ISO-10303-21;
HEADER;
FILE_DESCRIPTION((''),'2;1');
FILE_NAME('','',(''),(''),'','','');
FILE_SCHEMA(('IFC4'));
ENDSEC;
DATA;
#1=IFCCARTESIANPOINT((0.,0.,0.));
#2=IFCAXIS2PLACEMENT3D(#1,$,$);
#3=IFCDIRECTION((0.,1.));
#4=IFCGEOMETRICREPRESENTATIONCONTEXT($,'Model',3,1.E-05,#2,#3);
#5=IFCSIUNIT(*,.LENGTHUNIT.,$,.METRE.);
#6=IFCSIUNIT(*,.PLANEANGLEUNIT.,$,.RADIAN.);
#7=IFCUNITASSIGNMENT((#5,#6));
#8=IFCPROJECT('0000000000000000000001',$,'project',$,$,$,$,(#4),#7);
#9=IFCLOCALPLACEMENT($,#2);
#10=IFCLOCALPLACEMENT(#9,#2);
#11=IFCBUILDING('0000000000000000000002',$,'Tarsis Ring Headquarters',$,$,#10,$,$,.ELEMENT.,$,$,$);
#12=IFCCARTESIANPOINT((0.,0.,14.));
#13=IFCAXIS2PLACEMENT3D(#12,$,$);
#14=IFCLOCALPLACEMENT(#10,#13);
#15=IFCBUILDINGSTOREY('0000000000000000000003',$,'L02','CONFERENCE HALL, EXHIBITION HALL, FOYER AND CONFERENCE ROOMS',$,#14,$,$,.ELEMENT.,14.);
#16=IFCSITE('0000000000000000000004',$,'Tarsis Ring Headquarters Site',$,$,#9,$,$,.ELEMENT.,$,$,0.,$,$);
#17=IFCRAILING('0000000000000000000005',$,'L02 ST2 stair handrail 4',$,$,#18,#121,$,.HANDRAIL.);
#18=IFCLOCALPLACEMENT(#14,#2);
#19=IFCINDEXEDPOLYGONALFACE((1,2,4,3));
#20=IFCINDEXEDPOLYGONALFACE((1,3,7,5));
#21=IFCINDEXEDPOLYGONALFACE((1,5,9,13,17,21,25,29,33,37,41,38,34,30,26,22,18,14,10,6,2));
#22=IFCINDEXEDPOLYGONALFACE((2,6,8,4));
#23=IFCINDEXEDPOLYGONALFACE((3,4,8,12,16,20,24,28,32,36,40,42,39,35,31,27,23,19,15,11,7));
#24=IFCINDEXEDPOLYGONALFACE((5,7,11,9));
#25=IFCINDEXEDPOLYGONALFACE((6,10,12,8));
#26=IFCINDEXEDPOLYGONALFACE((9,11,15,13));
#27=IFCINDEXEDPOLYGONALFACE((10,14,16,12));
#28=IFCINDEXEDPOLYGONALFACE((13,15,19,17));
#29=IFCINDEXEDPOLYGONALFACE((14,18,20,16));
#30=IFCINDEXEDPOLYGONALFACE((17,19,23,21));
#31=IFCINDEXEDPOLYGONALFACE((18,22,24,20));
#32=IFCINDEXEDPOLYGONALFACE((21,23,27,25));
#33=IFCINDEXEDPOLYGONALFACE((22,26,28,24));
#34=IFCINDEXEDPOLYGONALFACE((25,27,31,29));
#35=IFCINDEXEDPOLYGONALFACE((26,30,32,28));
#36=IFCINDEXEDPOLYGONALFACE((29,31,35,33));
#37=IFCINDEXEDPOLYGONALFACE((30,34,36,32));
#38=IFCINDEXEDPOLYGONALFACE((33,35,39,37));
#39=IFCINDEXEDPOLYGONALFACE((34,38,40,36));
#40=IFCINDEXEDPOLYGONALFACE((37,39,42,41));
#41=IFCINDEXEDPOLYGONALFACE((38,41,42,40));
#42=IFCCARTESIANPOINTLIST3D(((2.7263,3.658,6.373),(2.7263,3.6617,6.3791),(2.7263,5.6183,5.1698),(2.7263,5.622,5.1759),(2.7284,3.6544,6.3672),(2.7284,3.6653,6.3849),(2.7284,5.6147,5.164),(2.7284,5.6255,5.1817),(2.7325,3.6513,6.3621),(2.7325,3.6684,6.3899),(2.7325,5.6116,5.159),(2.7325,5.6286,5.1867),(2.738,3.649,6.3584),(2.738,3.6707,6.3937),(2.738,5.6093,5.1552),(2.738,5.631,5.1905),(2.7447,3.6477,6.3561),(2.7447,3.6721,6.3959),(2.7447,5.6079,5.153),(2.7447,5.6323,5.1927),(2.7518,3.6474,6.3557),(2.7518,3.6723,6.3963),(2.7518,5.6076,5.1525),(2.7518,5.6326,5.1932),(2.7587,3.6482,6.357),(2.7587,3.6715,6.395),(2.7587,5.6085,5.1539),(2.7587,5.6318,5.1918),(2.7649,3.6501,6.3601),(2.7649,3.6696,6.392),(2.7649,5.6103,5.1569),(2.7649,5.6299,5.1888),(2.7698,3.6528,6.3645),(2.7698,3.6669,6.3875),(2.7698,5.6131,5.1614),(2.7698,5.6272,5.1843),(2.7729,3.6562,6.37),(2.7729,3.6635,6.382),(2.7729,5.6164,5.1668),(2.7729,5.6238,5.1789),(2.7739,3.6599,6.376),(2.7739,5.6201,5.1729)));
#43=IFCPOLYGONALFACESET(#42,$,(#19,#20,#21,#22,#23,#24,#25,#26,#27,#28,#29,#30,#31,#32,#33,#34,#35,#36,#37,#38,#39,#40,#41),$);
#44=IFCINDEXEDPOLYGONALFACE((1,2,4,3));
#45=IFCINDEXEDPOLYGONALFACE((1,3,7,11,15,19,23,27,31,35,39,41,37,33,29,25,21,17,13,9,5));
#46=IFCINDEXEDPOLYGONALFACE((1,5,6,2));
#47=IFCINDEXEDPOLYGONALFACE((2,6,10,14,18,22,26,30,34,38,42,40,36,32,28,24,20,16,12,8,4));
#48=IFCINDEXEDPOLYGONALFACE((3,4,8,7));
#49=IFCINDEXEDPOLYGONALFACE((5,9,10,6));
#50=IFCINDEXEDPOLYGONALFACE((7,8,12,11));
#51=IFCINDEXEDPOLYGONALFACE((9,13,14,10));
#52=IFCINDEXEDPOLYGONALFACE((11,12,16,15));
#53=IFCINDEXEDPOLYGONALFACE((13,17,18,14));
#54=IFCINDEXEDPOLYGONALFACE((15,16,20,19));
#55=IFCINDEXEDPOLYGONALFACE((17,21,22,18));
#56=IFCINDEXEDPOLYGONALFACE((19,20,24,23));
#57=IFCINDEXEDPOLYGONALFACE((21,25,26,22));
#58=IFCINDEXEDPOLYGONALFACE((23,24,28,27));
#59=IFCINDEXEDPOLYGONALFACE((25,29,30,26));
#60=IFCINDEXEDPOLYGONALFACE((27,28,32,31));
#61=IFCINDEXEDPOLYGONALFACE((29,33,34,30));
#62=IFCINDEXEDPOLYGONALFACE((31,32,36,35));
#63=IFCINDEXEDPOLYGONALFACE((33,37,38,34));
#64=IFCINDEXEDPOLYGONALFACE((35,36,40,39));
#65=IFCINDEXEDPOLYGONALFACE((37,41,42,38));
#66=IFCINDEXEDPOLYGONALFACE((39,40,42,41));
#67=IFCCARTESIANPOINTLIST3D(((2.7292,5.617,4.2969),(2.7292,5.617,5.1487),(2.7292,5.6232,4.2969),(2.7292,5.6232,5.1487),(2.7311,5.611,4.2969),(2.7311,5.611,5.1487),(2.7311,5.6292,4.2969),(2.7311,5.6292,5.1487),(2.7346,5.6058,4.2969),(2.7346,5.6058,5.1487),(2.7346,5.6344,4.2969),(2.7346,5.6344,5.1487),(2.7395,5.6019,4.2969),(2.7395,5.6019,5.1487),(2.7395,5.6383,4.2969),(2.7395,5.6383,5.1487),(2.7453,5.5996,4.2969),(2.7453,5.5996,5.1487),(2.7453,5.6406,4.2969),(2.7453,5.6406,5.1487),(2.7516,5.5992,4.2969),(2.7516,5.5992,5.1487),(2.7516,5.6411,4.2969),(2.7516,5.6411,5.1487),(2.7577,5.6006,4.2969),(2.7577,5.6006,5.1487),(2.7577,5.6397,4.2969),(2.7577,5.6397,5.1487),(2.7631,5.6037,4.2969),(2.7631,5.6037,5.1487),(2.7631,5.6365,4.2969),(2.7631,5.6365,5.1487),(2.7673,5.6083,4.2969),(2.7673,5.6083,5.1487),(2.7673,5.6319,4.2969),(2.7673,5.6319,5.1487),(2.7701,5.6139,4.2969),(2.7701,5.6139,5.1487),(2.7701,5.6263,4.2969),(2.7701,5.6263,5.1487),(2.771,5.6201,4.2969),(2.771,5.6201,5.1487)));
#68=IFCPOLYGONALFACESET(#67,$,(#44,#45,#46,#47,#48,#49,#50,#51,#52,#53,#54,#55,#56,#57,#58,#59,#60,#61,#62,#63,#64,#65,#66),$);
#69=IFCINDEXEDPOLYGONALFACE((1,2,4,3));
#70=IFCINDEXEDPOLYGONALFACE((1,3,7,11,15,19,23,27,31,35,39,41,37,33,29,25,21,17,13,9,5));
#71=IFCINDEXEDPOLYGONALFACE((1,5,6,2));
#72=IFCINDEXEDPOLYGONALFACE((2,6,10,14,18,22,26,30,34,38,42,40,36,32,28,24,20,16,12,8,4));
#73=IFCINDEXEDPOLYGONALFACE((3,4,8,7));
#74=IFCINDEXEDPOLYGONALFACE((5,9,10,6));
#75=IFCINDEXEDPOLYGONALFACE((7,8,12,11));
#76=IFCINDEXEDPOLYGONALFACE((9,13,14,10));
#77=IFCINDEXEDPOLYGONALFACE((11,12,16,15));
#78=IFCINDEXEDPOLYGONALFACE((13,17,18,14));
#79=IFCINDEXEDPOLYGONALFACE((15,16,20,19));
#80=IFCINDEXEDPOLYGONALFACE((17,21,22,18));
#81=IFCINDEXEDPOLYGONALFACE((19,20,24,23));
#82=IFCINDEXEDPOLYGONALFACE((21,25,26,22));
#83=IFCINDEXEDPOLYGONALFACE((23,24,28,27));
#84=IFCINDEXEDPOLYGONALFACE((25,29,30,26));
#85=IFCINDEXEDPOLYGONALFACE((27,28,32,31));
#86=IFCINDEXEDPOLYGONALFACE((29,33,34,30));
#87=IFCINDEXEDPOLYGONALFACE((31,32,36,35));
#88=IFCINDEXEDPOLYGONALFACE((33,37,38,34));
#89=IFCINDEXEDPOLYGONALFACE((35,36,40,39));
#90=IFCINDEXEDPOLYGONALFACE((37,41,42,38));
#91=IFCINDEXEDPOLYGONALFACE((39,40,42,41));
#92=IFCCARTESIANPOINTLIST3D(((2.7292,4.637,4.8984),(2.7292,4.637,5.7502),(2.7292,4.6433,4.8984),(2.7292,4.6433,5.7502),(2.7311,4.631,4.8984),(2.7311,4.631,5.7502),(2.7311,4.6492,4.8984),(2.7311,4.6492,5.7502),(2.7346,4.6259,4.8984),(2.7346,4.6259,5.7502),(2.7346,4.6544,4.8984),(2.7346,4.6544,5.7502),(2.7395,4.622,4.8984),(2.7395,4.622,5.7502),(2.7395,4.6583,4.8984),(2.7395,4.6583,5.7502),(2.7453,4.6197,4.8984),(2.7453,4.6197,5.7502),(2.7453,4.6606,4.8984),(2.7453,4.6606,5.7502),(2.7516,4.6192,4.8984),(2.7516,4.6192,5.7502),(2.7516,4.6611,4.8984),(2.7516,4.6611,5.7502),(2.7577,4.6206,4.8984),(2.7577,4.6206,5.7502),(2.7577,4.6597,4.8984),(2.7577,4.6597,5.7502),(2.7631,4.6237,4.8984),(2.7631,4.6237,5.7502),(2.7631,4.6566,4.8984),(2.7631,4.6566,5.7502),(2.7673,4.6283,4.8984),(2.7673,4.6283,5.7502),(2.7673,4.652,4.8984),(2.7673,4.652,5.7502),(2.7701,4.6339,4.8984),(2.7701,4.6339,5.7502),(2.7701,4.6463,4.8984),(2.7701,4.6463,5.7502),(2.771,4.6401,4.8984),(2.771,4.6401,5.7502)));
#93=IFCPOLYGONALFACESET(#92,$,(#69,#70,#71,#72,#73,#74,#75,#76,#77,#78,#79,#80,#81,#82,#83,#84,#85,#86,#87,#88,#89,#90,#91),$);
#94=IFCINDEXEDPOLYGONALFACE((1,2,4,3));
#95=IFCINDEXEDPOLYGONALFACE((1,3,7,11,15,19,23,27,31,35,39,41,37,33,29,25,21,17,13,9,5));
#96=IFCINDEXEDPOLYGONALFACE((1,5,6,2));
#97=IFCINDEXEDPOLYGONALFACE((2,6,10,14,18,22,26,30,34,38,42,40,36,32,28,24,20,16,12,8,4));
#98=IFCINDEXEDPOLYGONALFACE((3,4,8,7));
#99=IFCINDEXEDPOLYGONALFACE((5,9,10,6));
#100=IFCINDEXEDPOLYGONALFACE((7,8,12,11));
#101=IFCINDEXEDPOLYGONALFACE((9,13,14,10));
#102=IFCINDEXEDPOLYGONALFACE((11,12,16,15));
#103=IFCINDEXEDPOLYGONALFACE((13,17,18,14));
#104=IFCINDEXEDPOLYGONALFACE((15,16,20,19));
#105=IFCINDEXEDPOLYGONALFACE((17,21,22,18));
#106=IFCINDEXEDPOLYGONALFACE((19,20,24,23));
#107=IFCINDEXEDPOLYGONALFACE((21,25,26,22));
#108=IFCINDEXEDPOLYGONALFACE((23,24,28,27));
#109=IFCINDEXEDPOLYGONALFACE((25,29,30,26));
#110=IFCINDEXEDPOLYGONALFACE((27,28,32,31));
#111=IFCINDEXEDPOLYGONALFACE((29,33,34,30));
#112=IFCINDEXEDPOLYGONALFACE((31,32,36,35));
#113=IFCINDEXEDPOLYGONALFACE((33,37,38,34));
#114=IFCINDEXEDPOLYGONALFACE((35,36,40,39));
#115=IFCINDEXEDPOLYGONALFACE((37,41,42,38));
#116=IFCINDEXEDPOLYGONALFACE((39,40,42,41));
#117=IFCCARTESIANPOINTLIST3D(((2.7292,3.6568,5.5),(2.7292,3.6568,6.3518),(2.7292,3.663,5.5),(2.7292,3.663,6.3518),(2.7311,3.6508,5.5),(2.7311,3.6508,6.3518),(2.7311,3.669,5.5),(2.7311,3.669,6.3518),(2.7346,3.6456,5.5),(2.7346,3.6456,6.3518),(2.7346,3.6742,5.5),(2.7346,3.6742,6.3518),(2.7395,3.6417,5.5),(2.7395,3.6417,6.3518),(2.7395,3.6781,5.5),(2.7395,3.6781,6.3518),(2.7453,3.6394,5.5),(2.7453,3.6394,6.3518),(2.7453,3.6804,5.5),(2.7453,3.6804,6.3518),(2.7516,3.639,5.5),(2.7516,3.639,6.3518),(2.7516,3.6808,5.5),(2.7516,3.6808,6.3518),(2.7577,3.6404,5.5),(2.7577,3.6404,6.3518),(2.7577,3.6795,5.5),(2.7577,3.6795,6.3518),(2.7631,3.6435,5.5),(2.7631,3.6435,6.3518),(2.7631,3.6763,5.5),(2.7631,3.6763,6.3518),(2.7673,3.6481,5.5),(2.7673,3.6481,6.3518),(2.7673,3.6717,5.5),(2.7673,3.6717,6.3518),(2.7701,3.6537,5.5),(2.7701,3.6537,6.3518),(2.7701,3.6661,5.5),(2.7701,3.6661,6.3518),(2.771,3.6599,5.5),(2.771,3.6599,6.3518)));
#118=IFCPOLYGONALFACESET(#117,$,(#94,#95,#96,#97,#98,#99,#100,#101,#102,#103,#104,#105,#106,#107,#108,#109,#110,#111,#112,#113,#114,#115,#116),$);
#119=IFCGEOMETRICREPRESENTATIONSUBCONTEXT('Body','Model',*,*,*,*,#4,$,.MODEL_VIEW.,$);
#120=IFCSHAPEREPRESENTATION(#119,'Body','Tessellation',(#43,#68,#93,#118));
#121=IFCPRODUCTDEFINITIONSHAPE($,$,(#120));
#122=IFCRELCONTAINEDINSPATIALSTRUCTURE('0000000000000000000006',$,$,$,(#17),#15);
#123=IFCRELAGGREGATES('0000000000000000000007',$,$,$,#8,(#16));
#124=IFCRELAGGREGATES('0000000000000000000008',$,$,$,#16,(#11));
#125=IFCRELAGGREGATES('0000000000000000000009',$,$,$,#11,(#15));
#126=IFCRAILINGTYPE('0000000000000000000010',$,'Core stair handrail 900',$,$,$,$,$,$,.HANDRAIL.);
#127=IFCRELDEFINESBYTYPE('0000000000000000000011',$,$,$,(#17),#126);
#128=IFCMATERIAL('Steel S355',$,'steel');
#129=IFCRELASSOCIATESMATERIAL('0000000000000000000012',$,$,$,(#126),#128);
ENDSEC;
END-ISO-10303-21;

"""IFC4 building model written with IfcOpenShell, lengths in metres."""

from ifc_helpers import new_model, si_unit, direction, frame, origin, origin_2d, place, context, subcontext, project, spatial, circle, extrude, material, type_object, element, save


model = new_model("IFC4")

# Units and contexts
model_context = context("Model", 3, precision=1e-05, world=origin(), true_north=direction((0.0, 1.0)))
body_context = subcontext(model_context, "Body", "Model", "MODEL_VIEW")
ifc_project = project(units=[si_unit("LENGTHUNIT", "METRE"), si_unit("PLANEANGLEUNIT", "RADIAN")], contexts=[model_context])

# Site, building, storey
site_placement = place(None, origin())
site = spatial("IfcSite", under=ifc_project, at=site_placement, Name="Tarsis Ring Headquarters Site", CompositionType="ELEMENT", RefElevation=0.0)
building_placement = place(site_placement, origin())
building = spatial("IfcBuilding", under=site, at=building_placement, Name="Tarsis Ring Headquarters", CompositionType="ELEMENT")
storey_placement = place(building_placement, frame((0.0, 0.0, 14.0)))
storey = spatial("IfcBuildingStorey", under=building, at=storey_placement, Name="L02", Description="CONFERENCE HALL, EXHIBITION HALL, FOYER AND CONFERENCE ROOMS", CompositionType="ELEMENT", Elevation=14.0)

# Railing
ifc_material_1 = material(Name="Steel S355", Category="steel")
railing_type_1 = type_object("IfcRailingType", Name="Core stair handrail 900", PredefinedType="HANDRAIL", material=ifc_material_1)
railing_1_placement = place(storey_placement, frame((2.75, 5.6201, 4.2969)))
element("IfcRailing", 1, at=railing_1_placement, inside=storey, type_object=railing_type_1, Name="L02 ST2 stair handrail 4", PredefinedType="HANDRAIL", context=body_context, shape_type="SweptSolid", body=[
    extrude(circle(Radius=0.0239, at=origin_2d()), frame((0.0, 0.0, 0.876), z_axis=(0.0, -0.85227, 0.523102), x_axis=(1.0, 0.0, 0.0)), (0.0, 0.0, 1.0), 2.3),
    extrude(circle(Radius=0.021, at=origin_2d()), origin(), (0.0, 0.0, 1.0), 0.8518),
    extrude(circle(Radius=0.021, at=origin_2d()), frame((0.0, -0.98, 0.6016)), (0.0, 0.0, 1.0), 0.8518),
    extrude(circle(Radius=0.021, at=origin_2d()), frame((0.0, -1.9602, 1.2031)), (0.0, 0.0, 1.0), 0.8518),
])

save(model, "model.ifc")
